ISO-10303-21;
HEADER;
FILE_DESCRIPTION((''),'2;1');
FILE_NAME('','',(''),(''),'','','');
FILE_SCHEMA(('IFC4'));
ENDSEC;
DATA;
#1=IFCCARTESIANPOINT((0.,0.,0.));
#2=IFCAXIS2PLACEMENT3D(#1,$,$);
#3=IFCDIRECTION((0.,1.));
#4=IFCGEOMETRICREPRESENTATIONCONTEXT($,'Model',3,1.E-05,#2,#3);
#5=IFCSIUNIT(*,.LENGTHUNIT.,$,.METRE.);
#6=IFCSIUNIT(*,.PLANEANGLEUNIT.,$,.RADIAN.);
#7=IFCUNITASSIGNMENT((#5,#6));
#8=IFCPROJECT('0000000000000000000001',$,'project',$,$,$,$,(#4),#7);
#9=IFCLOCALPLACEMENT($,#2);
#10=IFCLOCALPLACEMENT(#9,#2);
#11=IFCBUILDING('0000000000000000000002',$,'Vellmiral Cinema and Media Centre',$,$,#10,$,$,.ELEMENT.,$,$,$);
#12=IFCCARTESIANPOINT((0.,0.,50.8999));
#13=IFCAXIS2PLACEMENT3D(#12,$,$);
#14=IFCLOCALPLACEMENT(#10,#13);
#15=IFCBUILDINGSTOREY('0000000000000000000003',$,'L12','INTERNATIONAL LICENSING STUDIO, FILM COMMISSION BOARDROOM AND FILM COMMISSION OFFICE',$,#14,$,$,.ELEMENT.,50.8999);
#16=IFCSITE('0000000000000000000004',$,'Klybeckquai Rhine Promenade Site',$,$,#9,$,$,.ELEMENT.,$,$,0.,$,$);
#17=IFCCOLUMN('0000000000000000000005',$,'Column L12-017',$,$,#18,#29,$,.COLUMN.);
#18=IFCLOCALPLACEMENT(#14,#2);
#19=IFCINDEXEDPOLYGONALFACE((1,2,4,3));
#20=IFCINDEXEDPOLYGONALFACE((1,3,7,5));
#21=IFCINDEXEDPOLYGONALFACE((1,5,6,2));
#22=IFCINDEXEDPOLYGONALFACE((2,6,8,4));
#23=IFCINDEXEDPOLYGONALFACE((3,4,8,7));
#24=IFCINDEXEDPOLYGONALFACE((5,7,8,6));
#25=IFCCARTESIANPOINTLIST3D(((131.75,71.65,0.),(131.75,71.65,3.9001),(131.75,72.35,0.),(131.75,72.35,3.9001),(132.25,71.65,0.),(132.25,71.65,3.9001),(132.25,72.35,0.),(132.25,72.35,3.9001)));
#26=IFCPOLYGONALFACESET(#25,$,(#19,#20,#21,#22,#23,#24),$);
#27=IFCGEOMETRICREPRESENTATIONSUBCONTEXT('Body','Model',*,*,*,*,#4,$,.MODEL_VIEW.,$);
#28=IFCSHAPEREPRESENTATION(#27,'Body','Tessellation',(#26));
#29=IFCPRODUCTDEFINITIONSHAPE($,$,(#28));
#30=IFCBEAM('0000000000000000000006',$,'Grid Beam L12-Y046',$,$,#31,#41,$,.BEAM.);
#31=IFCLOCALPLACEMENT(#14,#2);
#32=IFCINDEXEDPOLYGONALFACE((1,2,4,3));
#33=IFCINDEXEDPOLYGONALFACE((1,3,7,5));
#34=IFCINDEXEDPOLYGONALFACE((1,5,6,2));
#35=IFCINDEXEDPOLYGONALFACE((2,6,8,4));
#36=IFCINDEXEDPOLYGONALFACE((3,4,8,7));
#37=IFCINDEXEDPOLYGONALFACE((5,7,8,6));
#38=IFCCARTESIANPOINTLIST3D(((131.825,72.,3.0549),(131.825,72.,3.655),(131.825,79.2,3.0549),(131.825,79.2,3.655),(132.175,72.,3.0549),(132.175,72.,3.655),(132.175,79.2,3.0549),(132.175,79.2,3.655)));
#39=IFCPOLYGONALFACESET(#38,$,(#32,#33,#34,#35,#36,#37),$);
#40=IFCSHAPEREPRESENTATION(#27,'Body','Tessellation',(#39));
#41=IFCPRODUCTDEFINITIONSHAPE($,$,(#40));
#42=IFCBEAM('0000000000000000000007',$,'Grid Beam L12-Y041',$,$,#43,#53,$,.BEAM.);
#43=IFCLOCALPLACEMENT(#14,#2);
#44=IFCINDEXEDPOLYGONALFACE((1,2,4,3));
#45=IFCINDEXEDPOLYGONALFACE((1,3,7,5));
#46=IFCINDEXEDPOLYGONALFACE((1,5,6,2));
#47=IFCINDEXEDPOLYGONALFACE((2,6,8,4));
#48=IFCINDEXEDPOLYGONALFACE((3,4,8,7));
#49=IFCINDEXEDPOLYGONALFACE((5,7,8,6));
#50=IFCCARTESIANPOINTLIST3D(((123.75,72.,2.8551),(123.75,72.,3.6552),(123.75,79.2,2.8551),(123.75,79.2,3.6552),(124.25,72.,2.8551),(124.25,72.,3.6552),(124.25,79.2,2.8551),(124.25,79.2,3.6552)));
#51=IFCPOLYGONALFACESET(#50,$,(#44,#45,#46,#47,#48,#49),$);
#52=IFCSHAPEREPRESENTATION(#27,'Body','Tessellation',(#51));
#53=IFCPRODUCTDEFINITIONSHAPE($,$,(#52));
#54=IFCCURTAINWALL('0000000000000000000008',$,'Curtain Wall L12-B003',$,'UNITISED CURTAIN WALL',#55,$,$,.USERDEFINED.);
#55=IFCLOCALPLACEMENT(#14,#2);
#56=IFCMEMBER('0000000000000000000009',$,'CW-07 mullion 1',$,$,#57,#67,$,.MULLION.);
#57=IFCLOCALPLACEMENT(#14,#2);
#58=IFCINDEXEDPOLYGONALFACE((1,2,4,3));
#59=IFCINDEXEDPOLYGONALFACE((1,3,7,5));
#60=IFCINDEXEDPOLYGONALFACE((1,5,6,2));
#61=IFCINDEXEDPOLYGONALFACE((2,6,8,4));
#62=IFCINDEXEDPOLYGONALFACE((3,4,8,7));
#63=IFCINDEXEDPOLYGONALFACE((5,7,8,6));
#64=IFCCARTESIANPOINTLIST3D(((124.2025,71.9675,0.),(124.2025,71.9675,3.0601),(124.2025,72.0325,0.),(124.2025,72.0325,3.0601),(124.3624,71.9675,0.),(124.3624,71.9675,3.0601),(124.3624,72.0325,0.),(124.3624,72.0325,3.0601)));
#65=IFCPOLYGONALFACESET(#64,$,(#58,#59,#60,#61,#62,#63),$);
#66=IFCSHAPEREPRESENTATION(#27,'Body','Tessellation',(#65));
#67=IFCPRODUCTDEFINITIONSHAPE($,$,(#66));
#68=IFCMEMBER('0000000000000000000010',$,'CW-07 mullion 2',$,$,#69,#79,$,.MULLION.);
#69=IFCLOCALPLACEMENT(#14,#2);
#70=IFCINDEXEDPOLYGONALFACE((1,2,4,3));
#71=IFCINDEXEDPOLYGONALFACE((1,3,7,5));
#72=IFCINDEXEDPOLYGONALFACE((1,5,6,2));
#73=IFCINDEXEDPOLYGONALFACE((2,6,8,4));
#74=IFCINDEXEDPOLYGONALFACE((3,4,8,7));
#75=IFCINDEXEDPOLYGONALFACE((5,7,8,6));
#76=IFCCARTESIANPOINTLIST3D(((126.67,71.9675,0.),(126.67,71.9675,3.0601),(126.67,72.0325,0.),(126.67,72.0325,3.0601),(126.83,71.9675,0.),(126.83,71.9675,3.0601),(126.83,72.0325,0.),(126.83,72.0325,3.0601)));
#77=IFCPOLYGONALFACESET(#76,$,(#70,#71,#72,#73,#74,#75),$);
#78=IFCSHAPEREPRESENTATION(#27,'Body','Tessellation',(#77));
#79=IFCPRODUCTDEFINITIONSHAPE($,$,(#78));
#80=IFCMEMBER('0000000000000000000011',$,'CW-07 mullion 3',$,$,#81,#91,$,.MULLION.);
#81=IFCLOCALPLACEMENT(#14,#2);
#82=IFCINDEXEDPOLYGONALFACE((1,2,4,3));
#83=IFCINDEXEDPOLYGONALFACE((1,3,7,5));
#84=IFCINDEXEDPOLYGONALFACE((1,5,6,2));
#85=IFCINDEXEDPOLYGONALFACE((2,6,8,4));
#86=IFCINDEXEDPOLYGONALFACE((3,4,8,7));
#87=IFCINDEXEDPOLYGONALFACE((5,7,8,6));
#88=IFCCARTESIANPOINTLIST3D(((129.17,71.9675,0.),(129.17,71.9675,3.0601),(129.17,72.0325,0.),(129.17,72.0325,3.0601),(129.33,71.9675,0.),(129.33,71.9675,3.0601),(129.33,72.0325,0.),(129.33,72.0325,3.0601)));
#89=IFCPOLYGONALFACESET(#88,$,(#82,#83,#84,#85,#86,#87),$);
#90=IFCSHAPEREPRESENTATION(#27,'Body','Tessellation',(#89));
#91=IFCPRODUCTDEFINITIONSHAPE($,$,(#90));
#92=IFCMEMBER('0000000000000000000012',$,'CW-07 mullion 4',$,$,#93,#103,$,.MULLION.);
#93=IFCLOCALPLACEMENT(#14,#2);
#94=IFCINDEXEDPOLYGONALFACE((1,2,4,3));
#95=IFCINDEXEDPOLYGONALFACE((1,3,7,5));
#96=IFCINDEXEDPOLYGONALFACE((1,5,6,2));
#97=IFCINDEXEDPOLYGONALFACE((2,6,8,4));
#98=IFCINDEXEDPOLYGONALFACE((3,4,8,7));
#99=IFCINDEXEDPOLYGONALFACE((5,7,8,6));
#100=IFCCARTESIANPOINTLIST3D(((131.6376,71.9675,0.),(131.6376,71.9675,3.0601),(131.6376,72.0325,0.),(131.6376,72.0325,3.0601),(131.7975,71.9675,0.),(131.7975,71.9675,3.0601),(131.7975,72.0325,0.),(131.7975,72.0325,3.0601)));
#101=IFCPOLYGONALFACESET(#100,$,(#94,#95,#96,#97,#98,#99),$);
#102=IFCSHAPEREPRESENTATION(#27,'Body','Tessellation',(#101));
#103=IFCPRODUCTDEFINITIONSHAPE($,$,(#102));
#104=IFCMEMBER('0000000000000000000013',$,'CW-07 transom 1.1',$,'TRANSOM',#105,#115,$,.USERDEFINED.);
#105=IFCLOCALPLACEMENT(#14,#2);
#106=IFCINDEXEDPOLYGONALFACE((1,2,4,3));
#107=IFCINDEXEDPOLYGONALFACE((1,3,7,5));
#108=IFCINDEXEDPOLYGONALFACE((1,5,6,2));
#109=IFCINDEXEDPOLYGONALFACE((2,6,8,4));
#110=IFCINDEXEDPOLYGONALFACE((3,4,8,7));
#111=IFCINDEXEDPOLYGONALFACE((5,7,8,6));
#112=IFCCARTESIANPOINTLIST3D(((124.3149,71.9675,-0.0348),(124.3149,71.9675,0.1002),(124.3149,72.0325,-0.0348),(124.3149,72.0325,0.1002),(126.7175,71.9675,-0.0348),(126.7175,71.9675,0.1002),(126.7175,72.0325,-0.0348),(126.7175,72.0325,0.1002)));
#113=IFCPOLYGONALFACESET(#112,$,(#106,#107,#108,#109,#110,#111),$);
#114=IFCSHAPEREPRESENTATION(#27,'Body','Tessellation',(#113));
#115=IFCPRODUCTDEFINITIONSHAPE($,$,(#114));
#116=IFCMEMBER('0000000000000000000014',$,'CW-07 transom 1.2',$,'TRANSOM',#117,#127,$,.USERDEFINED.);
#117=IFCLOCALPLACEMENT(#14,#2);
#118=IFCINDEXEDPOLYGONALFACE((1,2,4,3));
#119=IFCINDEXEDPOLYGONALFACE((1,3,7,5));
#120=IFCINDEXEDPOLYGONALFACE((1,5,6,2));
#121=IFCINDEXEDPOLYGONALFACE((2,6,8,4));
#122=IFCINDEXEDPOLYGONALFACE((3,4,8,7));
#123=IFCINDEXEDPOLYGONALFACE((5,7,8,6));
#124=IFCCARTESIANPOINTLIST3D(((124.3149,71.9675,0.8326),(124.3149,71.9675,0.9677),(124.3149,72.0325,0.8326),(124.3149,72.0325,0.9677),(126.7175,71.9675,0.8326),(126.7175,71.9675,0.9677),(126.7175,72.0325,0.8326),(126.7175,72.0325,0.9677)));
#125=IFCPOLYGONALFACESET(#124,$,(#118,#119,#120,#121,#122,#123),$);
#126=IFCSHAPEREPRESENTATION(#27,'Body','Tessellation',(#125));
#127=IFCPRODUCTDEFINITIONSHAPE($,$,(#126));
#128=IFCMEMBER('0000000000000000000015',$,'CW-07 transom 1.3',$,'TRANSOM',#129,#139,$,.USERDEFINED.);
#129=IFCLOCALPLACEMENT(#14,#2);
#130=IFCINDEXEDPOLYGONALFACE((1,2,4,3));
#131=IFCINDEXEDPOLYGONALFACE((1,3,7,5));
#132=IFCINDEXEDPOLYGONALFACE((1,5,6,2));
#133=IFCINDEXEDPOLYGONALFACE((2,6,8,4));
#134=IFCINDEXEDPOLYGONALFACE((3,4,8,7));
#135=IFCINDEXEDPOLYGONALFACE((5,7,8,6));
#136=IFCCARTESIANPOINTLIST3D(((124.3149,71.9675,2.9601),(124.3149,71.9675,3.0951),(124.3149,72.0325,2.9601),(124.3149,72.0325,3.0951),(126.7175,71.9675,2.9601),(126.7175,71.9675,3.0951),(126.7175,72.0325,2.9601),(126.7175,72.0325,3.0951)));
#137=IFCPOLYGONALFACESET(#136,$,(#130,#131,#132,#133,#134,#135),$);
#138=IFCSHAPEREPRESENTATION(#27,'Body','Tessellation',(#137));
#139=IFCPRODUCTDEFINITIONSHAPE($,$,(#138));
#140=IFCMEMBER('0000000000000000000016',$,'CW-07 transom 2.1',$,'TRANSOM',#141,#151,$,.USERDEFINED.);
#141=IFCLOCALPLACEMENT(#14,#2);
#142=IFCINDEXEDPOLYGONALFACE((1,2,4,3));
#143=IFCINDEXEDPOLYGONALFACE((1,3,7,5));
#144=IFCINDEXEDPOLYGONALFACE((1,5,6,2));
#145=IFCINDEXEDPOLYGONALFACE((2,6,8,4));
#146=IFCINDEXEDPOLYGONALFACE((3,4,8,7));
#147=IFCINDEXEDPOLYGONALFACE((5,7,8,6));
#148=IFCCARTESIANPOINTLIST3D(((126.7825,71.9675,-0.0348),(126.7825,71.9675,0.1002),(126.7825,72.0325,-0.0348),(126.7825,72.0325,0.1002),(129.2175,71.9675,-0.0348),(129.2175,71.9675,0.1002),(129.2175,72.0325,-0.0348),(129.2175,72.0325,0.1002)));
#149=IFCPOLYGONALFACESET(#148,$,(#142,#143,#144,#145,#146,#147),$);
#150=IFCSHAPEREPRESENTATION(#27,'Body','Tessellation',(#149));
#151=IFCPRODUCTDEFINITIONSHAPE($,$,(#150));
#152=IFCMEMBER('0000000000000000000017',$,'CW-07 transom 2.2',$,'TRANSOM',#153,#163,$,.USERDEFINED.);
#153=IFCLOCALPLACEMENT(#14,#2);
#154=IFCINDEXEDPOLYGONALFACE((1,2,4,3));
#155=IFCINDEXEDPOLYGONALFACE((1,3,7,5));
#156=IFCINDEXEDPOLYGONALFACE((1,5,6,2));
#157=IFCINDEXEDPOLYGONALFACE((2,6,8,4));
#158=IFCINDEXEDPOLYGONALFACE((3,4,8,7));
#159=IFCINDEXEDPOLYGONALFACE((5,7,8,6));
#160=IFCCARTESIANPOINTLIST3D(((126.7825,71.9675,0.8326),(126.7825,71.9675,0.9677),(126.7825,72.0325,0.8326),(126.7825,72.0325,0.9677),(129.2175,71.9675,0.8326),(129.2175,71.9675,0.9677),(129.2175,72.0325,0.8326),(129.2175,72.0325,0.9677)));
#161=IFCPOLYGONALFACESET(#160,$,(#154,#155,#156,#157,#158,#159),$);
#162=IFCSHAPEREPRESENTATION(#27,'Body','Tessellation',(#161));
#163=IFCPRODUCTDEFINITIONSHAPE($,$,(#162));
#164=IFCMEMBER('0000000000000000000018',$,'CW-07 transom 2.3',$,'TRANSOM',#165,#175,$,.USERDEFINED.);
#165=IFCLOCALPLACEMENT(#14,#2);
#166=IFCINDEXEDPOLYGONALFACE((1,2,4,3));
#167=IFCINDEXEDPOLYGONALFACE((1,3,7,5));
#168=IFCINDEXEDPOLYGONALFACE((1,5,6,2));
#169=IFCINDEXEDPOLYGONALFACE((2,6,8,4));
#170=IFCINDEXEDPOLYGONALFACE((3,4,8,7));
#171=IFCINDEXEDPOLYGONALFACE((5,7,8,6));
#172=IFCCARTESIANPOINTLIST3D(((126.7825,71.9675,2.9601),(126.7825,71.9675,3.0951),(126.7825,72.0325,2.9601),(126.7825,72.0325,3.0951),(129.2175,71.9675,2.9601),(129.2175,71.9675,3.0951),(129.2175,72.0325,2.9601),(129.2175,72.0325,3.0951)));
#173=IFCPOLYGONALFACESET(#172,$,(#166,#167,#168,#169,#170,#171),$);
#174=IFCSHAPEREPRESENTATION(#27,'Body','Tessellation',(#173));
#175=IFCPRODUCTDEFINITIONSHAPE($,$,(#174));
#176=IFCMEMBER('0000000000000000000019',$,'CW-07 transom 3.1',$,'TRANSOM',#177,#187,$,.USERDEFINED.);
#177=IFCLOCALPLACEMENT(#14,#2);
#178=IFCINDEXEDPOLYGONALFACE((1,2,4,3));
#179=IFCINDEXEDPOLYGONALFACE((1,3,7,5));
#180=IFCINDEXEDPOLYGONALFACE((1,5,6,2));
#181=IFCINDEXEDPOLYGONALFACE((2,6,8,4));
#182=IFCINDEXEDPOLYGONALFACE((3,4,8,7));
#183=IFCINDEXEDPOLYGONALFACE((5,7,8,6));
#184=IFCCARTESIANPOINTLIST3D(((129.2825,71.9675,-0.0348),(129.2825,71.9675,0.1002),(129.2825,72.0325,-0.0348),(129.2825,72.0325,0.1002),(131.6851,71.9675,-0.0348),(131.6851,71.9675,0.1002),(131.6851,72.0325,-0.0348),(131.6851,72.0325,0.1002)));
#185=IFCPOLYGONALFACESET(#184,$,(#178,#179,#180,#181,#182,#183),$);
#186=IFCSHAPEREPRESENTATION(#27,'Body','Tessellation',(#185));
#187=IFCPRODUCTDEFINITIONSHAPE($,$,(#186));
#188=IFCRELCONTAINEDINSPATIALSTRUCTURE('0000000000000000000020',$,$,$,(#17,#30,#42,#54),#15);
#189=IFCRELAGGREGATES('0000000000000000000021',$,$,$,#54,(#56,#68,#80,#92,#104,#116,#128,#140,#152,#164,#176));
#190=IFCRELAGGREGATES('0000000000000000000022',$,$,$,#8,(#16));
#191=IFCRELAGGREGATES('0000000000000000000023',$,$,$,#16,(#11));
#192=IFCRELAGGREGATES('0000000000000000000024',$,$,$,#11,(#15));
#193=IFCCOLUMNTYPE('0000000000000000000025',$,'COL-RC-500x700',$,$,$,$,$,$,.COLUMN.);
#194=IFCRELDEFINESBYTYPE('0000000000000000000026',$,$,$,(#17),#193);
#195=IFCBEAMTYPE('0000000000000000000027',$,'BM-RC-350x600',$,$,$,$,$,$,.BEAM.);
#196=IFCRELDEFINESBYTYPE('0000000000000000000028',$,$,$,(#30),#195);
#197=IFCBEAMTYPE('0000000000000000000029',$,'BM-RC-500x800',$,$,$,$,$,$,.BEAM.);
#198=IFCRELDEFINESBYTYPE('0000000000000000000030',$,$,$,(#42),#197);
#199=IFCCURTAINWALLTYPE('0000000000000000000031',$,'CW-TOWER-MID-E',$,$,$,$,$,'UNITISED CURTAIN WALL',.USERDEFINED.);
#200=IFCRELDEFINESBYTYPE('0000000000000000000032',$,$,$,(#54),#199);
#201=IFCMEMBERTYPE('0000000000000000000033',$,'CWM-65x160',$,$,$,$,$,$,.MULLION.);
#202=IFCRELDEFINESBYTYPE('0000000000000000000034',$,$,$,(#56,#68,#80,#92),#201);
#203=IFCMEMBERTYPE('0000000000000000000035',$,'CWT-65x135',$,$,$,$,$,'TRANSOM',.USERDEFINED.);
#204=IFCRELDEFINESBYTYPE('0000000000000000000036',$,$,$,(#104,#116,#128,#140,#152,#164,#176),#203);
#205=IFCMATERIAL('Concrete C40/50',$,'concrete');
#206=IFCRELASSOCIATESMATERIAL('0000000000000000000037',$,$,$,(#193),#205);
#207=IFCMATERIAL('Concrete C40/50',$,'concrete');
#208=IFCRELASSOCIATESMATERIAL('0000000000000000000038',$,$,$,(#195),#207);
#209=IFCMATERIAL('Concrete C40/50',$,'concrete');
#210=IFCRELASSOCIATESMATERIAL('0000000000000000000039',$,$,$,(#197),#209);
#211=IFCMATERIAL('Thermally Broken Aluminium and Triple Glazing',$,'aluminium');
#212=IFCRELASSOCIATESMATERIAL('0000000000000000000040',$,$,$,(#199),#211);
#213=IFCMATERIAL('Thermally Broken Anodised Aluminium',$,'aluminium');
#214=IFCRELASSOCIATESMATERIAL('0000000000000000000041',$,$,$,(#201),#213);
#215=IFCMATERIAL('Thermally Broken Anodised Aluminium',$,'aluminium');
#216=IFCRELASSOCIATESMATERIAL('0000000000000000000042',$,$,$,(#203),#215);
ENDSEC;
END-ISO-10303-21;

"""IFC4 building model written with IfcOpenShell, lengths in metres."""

from ifc_helpers import new_model, si_unit, direction, frame, origin, origin_2d, place, context, subcontext, project, spatial, rectangle, extrude, material, material_profile, profile_set, type_object, element, aggregate, save


model = new_model("IFC4")

# Units and contexts
model_context = context("Model", 3, precision=1e-05, world=origin(), true_north=direction((0.0, 1.0)))
body_context = subcontext(model_context, "Body", "Model", "MODEL_VIEW")
ifc_project = project(units=[si_unit("LENGTHUNIT", "METRE"), si_unit("PLANEANGLEUNIT", "RADIAN")], contexts=[model_context])

# Site, building, storey
site_placement = place(None, origin())
site = spatial("IfcSite", under=ifc_project, at=site_placement, Name="Klybeckquai Rhine Promenade Site", CompositionType="ELEMENT", RefElevation=0.0)
building_placement = place(site_placement, origin())
building = spatial("IfcBuilding", under=site, at=building_placement, Name="Vellmiral Cinema and Media Centre", CompositionType="ELEMENT")
storey_placement = place(building_placement, frame((0.0, 0.0, 50.8999)))
storey = spatial("IfcBuildingStorey", under=building, at=storey_placement, Name="L12", Description="INTERNATIONAL LICENSING STUDIO, FILM COMMISSION BOARDROOM AND FILM COMMISSION OFFICE", CompositionType="ELEMENT", Elevation=50.8999)

# Column
ifc_material_1 = material(Name="Concrete C40/50", Category="concrete")
ifc_material_profile_1 = material_profile(ifc_material_1, rectangle(XDim=0.5, YDim=0.7, at=origin_2d()), Name="RC 500x700")
ifc_profile_set_1 = profile_set([ifc_material_profile_1], Name="Concrete C40/50")
column_type = type_object("IfcColumnType", Name="COL-RC-500x700", PredefinedType="COLUMN", material=ifc_profile_set_1)
column_placement = place(storey_placement, frame((132.0, 72.0, 0.0), z_axis=(0.0, 0.0, 1.0), x_axis=(1.0, 0.0, 0.0)))
element("IfcColumn", 1, at=column_placement, inside=storey, type_object=column_type, Name="Column L12-017", PredefinedType="COLUMN", context=body_context, shape_type="SweptSolid", body=[
    extrude(rectangle(XDim=0.5, YDim=0.7, at=origin_2d()), origin(), (0.0, 0.0, 1.0), 3.9001),
])

# Beams
ifc_material_2 = material(Name="Concrete C40/50", Category="concrete")
ifc_material_profile_2 = material_profile(ifc_material_2, rectangle(XDim=0.3501, YDim=0.6001, at=origin_2d()), Name="RC 350x600")
ifc_profile_set_2 = profile_set([ifc_material_profile_2], Name="Concrete C40/50")
beam_type_1 = type_object("IfcBeamType", Name="BM-RC-350x600", PredefinedType="BEAM", material=ifc_profile_set_2)
beam_1_placement = place(storey_placement, frame((132.0, 72.0, 3.355), z_axis=(0.0, 1.0, 0.0), x_axis=(-1.0, 0.0, 0.0)))
element("IfcBeam", 2, at=beam_1_placement, inside=storey, type_object=beam_type_1, Name="Grid Beam L12-Y046", PredefinedType="BEAM", context=body_context, shape_type="SweptSolid", body=[
    extrude(rectangle(XDim=0.3501, YDim=0.6001, at=origin_2d()), origin(), (0.0, 0.0, 1.0), 7.2),
])
ifc_material_3 = material(Name="Concrete C40/50", Category="concrete")
ifc_material_profile_3 = material_profile(ifc_material_3, rectangle(XDim=0.5, YDim=0.8, at=origin_2d()), Name="RC 500x800")
ifc_profile_set_3 = profile_set([ifc_material_profile_3], Name="Concrete C40/50")
beam_type_2 = type_object("IfcBeamType", Name="BM-RC-500x800", PredefinedType="BEAM", material=ifc_profile_set_3)
beam_2_placement = place(storey_placement, frame((124.0, 72.0, 3.2551), z_axis=(0.0, 1.0, 0.0), x_axis=(-1.0, 0.0, 0.0)))
element("IfcBeam", 3, at=beam_2_placement, inside=storey, type_object=beam_type_2, Name="Grid Beam L12-Y041", PredefinedType="BEAM", context=body_context, shape_type="SweptSolid", body=[
    extrude(rectangle(XDim=0.5, YDim=0.8, at=origin_2d()), origin(), (0.0, 0.0, 1.0), 7.2),
])

# Curtain wall, members
ifc_material_4 = material(Name="Thermally Broken Aluminium and Triple Glazing", Category="aluminium")
curtain_wall_type = type_object("IfcCurtainWallType", Name="CW-TOWER-MID-E", ElementType="UNITISED CURTAIN WALL", PredefinedType="USERDEFINED", material=ifc_material_4)
curtain_wall_placement = place(storey_placement, origin())
curtain_wall = element("IfcCurtainWall", 4, at=curtain_wall_placement, inside=storey, type_object=curtain_wall_type, Name="Curtain Wall L12-B003", ObjectType="UNITISED CURTAIN WALL", PredefinedType="USERDEFINED")
ifc_material_5 = material(Name="Thermally Broken Anodised Aluminium", Category="aluminium")
ifc_material_profile_4 = material_profile(ifc_material_5, rectangle(XDim=0.0649, YDim=0.1599, at=origin_2d()), Name="MULL 65x160")
ifc_profile_set_4 = profile_set([ifc_material_profile_4], Name="Thermally Broken Anodised Aluminium")
member_type_1 = type_object("IfcMemberType", Name="CWM-65x160", PredefinedType="MULLION", material=ifc_profile_set_4)
member_1_placement = place(storey_placement, frame((124.2825, 72.0, 0.0), z_axis=(0.0, 0.0, 1.0), x_axis=(0.0, 1.0, 0.0)))
member_1 = element("IfcMember", 5, at=member_1_placement, type_object=member_type_1, Name="CW-07 mullion 1", PredefinedType="MULLION", context=body_context, shape_type="SweptSolid", body=[
    extrude(rectangle(XDim=0.0649, YDim=0.1599, at=origin_2d()), origin(), (0.0, 0.0, 1.0), 3.0601),
])
member_2_placement = place(storey_placement, frame((126.75, 72.0, 0.0), z_axis=(0.0, 0.0, 1.0), x_axis=(0.0, 1.0, 0.0)))
member_2 = element("IfcMember", 6, at=member_2_placement, type_object=member_type_1, Name="CW-07 mullion 2", PredefinedType="MULLION", context=body_context, shape_type="SweptSolid", body=[
    extrude(rectangle(XDim=0.0649, YDim=0.1599, at=origin_2d()), origin(), (0.0, 0.0, 1.0), 3.0601),
])
member_3_placement = place(storey_placement, frame((129.25, 72.0, 0.0), z_axis=(0.0, 0.0, 1.0), x_axis=(0.0, 1.0, 0.0)))
member_3 = element("IfcMember", 7, at=member_3_placement, type_object=member_type_1, Name="CW-07 mullion 3", PredefinedType="MULLION", context=body_context, shape_type="SweptSolid", body=[
    extrude(rectangle(XDim=0.0649, YDim=0.1599, at=origin_2d()), origin(), (0.0, 0.0, 1.0), 3.0601),
])
member_4_placement = place(storey_placement, frame((131.7175, 72.0, 0.0), z_axis=(0.0, 0.0, 1.0), x_axis=(0.0, 1.0, 0.0)))
member_4 = element("IfcMember", 8, at=member_4_placement, type_object=member_type_1, Name="CW-07 mullion 4", PredefinedType="MULLION", context=body_context, shape_type="SweptSolid", body=[
    extrude(rectangle(XDim=0.0649, YDim=0.1599, at=origin_2d()), origin(), (0.0, 0.0, 1.0), 3.0601),
])
ifc_material_6 = material(Name="Thermally Broken Anodised Aluminium", Category="aluminium")
ifc_material_profile_5 = material_profile(ifc_material_6, rectangle(XDim=0.0649, YDim=0.135, at=origin_2d()), Name="MULL 65x135")
ifc_profile_set_5 = profile_set([ifc_material_profile_5], Name="Thermally Broken Anodised Aluminium")
member_type_2 = type_object("IfcMemberType", Name="CWT-65x135", ElementType="TRANSOM", PredefinedType="USERDEFINED", material=ifc_profile_set_5)
member_5_placement = place(storey_placement, frame((124.3149, 72.0, 0.0327), z_axis=(1.0, 0.0, 0.0), x_axis=(0.0, 1.0, 0.0)))
member_5 = element("IfcMember", 9, at=member_5_placement, type_object=member_type_2, Name="CW-07 transom 1.1", ObjectType="TRANSOM", PredefinedType="USERDEFINED", context=body_context, shape_type="SweptSolid", body=[
    extrude(rectangle(XDim=0.0649, YDim=0.135, at=origin_2d()), origin(), (0.0, 0.0, 1.0), 2.4026),
])
member_6_placement = place(storey_placement, frame((124.3149, 72.0, 0.9001), z_axis=(1.0, 0.0, 0.0), x_axis=(0.0, 1.0, 0.0)))
member_6 = element("IfcMember", 10, at=member_6_placement, type_object=member_type_2, Name="CW-07 transom 1.2", ObjectType="TRANSOM", PredefinedType="USERDEFINED", context=body_context, shape_type="SweptSolid", body=[
    extrude(rectangle(XDim=0.0649, YDim=0.135, at=origin_2d()), origin(), (0.0, 0.0, 1.0), 2.4026),
])
member_7_placement = place(storey_placement, frame((124.3149, 72.0, 3.0276), z_axis=(1.0, 0.0, 0.0), x_axis=(0.0, 1.0, 0.0)))
member_7 = element("IfcMember", 11, at=member_7_placement, type_object=member_type_2, Name="CW-07 transom 1.3", ObjectType="TRANSOM", PredefinedType="USERDEFINED", context=body_context, shape_type="SweptSolid", body=[
    extrude(rectangle(XDim=0.0649, YDim=0.135, at=origin_2d()), origin(), (0.0, 0.0, 1.0), 2.4026),
])
member_8_placement = place(storey_placement, frame((126.7825, 72.0, 0.0327), z_axis=(1.0, 0.0, 0.0), x_axis=(0.0, 1.0, 0.0)))
member_8 = element("IfcMember", 12, at=member_8_placement, type_object=member_type_2, Name="CW-07 transom 2.1", ObjectType="TRANSOM", PredefinedType="USERDEFINED", context=body_context, shape_type="SweptSolid", body=[
    extrude(rectangle(XDim=0.0649, YDim=0.135, at=origin_2d()), origin(), (0.0, 0.0, 1.0), 2.4351),
])
member_9_placement = place(storey_placement, frame((126.7825, 72.0, 0.9001), z_axis=(1.0, 0.0, 0.0), x_axis=(0.0, 1.0, 0.0)))
member_9 = element("IfcMember", 13, at=member_9_placement, type_object=member_type_2, Name="CW-07 transom 2.2", ObjectType="TRANSOM", PredefinedType="USERDEFINED", context=body_context, shape_type="SweptSolid", body=[
    extrude(rectangle(XDim=0.0649, YDim=0.135, at=origin_2d()), origin(), (0.0, 0.0, 1.0), 2.4351),
])
member_10_placement = place(storey_placement, frame((126.7825, 72.0, 3.0276), z_axis=(1.0, 0.0, 0.0), x_axis=(0.0, 1.0, 0.0)))
member_10 = element("IfcMember", 14, at=member_10_placement, type_object=member_type_2, Name="CW-07 transom 2.3", ObjectType="TRANSOM", PredefinedType="USERDEFINED", context=body_context, shape_type="SweptSolid", body=[
    extrude(rectangle(XDim=0.0649, YDim=0.135, at=origin_2d()), origin(), (0.0, 0.0, 1.0), 2.4351),
])
member_11_placement = place(storey_placement, frame((129.2825, 72.0, 0.0327), z_axis=(1.0, 0.0, 0.0), x_axis=(0.0, 1.0, 0.0)))
member_11 = element("IfcMember", 15, at=member_11_placement, type_object=member_type_2, Name="CW-07 transom 3.1", ObjectType="TRANSOM", PredefinedType="USERDEFINED", context=body_context, shape_type="SweptSolid", body=[
    extrude(rectangle(XDim=0.0649, YDim=0.135, at=origin_2d()), origin(), (0.0, 0.0, 1.0), 2.4026),
])

aggregate(curtain_wall, [member_1, member_2, member_3, member_4, member_5, member_6, member_7, member_8, member_9, member_10, member_11])

save(model, "model.ifc")
